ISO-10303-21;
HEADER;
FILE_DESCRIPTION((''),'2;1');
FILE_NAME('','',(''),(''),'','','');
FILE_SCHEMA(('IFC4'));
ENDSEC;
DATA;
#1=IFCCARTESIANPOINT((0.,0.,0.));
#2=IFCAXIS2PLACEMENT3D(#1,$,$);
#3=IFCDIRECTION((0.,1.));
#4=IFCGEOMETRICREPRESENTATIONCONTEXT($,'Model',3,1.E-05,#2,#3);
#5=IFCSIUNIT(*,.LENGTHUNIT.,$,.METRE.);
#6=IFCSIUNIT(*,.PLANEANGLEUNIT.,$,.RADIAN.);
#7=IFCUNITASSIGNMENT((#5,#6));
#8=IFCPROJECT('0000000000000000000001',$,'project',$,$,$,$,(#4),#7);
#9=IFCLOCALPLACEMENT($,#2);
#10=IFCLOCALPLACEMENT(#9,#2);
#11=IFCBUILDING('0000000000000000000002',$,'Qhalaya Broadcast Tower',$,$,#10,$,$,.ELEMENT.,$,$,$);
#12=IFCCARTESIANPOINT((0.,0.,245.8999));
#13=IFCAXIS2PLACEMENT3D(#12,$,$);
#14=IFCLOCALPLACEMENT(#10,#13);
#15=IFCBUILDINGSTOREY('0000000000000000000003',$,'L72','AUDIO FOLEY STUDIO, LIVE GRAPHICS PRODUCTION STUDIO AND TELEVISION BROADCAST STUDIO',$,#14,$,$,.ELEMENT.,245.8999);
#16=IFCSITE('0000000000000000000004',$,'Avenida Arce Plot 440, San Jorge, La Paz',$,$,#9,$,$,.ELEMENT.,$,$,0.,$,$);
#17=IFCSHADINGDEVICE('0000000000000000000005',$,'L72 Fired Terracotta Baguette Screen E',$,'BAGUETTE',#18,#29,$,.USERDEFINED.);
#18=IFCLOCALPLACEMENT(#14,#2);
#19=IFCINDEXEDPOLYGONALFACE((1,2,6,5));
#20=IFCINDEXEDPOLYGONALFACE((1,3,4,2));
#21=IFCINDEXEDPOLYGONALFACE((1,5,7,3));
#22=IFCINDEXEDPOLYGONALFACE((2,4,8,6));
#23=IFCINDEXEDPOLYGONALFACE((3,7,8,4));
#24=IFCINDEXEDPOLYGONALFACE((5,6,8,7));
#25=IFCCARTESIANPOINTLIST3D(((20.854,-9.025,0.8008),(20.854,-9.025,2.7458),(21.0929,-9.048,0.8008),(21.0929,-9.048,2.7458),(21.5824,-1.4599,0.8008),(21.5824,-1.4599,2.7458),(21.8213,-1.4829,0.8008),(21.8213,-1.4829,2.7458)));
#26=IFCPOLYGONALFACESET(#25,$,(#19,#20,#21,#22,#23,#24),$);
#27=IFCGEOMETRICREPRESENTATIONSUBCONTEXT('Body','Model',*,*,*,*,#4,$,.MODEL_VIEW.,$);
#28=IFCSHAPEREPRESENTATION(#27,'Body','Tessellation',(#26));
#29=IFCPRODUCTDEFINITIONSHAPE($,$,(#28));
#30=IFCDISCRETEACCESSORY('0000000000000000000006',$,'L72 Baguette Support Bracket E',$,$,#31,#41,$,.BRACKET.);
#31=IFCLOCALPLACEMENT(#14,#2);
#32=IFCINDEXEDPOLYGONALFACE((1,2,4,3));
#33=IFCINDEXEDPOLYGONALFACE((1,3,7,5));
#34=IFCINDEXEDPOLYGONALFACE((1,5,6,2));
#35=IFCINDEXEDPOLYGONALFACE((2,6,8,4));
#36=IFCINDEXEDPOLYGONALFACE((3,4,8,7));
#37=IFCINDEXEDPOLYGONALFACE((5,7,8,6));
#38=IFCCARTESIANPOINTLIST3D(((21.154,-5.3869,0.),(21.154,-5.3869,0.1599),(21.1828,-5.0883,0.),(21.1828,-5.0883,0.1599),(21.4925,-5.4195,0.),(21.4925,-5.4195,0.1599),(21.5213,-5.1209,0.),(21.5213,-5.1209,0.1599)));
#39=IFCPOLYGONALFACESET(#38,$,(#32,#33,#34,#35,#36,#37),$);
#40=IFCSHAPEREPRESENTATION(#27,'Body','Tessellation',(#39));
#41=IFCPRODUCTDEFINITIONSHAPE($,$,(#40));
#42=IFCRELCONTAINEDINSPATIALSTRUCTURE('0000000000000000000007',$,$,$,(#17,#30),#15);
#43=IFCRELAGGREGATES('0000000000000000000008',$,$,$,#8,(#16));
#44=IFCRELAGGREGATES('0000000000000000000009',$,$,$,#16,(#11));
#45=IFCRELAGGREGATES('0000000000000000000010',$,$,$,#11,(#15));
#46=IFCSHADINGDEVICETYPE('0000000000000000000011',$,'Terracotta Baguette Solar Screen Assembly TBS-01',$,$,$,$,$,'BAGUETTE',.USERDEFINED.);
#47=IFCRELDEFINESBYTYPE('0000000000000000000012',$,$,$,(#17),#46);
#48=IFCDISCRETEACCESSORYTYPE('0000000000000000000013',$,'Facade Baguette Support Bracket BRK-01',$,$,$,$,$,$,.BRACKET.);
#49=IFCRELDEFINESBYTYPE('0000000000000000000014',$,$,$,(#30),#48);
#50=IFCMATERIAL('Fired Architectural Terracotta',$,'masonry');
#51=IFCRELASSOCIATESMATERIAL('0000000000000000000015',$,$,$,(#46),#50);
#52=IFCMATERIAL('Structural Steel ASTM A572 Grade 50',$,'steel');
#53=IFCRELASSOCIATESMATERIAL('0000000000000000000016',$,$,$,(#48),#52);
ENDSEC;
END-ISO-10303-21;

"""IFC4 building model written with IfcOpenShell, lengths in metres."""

from ifc_helpers import new_model, si_unit, direction, frame, origin, origin_2d, place, context, subcontext, project, spatial, rectangle, extrude, material, type_object, element, save


model = new_model("IFC4")

# Units and contexts
model_context = context("Model", 3, precision=1e-05, world=origin(), true_north=direction((0.0, 1.0)))
body_context = subcontext(model_context, "Body", "Model", "MODEL_VIEW")
ifc_project = project(units=[si_unit("LENGTHUNIT", "METRE"), si_unit("PLANEANGLEUNIT", "RADIAN")], contexts=[model_context])

# Site, building, storey
site_placement = place(None, origin())
site = spatial("IfcSite", under=ifc_project, at=site_placement, Name="Avenida Arce Plot 440, San Jorge, La Paz", CompositionType="ELEMENT", RefElevation=0.0)
building_placement = place(site_placement, origin())
building = spatial("IfcBuilding", under=site, at=building_placement, Name="Qhalaya Broadcast Tower", CompositionType="ELEMENT")
storey_placement = place(building_placement, frame((0.0, 0.0, 245.8999)))
storey = spatial("IfcBuildingStorey", under=building, at=storey_placement, Name="L72", Description="AUDIO FOLEY STUDIO, LIVE GRAPHICS PRODUCTION STUDIO AND TELEVISION BROADCAST STUDIO", CompositionType="ELEMENT", Elevation=245.8999)

# Shared definitions
ifc_material_1 = material(Name="Structural Steel ASTM A572 Grade 50", Category="steel")

# Shared definitions
ifc_material_2 = material(Name="Fired Architectural Terracotta", Category="masonry")

# Shading device
shading_device_type = type_object("IfcShadingDeviceType", Name="Terracotta Baguette Solar Screen Assembly TBS-01", ElementType="BAGUETTE", PredefinedType="USERDEFINED", material=ifc_material_2)
shading_device_placement = place(storey_placement, frame((21.3376, -5.2539, 0.8008), z_axis=(0.0, 0.0, 1.0), x_axis=(0.095846, 0.995396, 0.0)))
element("IfcShadingDevice", 1, at=shading_device_placement, inside=storey, type_object=shading_device_type, Name="L72 Fired Terracotta Baguette Screen E", ObjectType="BAGUETTE", PredefinedType="USERDEFINED", context=body_context, shape_type="SweptSolid", body=[
    extrude(rectangle(XDim=7.6001, YDim=0.24, at=origin_2d()), origin(), (0.0, 0.0, 1.0), 1.9451),
])

# Discrete accessory
discrete_accessory_type = type_object("IfcDiscreteAccessoryType", Name="Facade Baguette Support Bracket BRK-01", PredefinedType="BRACKET", material=ifc_material_1)
discrete_accessory_placement = place(storey_placement, frame((21.3376, -5.2539, 0.0), z_axis=(0.0, 0.0, 1.0), x_axis=(0.095846, 0.995396, 0.0)))
element("IfcDiscreteAccessory", 2, at=discrete_accessory_placement, inside=storey, type_object=discrete_accessory_type, Name="L72 Baguette Support Bracket E", PredefinedType="BRACKET", context=body_context, shape_type="SweptSolid", body=[
    extrude(rectangle(XDim=0.3, YDim=0.3401, at=origin_2d()), origin(), (0.0, 0.0, 1.0), 0.1599),
])

save(model, "model.ifc")
